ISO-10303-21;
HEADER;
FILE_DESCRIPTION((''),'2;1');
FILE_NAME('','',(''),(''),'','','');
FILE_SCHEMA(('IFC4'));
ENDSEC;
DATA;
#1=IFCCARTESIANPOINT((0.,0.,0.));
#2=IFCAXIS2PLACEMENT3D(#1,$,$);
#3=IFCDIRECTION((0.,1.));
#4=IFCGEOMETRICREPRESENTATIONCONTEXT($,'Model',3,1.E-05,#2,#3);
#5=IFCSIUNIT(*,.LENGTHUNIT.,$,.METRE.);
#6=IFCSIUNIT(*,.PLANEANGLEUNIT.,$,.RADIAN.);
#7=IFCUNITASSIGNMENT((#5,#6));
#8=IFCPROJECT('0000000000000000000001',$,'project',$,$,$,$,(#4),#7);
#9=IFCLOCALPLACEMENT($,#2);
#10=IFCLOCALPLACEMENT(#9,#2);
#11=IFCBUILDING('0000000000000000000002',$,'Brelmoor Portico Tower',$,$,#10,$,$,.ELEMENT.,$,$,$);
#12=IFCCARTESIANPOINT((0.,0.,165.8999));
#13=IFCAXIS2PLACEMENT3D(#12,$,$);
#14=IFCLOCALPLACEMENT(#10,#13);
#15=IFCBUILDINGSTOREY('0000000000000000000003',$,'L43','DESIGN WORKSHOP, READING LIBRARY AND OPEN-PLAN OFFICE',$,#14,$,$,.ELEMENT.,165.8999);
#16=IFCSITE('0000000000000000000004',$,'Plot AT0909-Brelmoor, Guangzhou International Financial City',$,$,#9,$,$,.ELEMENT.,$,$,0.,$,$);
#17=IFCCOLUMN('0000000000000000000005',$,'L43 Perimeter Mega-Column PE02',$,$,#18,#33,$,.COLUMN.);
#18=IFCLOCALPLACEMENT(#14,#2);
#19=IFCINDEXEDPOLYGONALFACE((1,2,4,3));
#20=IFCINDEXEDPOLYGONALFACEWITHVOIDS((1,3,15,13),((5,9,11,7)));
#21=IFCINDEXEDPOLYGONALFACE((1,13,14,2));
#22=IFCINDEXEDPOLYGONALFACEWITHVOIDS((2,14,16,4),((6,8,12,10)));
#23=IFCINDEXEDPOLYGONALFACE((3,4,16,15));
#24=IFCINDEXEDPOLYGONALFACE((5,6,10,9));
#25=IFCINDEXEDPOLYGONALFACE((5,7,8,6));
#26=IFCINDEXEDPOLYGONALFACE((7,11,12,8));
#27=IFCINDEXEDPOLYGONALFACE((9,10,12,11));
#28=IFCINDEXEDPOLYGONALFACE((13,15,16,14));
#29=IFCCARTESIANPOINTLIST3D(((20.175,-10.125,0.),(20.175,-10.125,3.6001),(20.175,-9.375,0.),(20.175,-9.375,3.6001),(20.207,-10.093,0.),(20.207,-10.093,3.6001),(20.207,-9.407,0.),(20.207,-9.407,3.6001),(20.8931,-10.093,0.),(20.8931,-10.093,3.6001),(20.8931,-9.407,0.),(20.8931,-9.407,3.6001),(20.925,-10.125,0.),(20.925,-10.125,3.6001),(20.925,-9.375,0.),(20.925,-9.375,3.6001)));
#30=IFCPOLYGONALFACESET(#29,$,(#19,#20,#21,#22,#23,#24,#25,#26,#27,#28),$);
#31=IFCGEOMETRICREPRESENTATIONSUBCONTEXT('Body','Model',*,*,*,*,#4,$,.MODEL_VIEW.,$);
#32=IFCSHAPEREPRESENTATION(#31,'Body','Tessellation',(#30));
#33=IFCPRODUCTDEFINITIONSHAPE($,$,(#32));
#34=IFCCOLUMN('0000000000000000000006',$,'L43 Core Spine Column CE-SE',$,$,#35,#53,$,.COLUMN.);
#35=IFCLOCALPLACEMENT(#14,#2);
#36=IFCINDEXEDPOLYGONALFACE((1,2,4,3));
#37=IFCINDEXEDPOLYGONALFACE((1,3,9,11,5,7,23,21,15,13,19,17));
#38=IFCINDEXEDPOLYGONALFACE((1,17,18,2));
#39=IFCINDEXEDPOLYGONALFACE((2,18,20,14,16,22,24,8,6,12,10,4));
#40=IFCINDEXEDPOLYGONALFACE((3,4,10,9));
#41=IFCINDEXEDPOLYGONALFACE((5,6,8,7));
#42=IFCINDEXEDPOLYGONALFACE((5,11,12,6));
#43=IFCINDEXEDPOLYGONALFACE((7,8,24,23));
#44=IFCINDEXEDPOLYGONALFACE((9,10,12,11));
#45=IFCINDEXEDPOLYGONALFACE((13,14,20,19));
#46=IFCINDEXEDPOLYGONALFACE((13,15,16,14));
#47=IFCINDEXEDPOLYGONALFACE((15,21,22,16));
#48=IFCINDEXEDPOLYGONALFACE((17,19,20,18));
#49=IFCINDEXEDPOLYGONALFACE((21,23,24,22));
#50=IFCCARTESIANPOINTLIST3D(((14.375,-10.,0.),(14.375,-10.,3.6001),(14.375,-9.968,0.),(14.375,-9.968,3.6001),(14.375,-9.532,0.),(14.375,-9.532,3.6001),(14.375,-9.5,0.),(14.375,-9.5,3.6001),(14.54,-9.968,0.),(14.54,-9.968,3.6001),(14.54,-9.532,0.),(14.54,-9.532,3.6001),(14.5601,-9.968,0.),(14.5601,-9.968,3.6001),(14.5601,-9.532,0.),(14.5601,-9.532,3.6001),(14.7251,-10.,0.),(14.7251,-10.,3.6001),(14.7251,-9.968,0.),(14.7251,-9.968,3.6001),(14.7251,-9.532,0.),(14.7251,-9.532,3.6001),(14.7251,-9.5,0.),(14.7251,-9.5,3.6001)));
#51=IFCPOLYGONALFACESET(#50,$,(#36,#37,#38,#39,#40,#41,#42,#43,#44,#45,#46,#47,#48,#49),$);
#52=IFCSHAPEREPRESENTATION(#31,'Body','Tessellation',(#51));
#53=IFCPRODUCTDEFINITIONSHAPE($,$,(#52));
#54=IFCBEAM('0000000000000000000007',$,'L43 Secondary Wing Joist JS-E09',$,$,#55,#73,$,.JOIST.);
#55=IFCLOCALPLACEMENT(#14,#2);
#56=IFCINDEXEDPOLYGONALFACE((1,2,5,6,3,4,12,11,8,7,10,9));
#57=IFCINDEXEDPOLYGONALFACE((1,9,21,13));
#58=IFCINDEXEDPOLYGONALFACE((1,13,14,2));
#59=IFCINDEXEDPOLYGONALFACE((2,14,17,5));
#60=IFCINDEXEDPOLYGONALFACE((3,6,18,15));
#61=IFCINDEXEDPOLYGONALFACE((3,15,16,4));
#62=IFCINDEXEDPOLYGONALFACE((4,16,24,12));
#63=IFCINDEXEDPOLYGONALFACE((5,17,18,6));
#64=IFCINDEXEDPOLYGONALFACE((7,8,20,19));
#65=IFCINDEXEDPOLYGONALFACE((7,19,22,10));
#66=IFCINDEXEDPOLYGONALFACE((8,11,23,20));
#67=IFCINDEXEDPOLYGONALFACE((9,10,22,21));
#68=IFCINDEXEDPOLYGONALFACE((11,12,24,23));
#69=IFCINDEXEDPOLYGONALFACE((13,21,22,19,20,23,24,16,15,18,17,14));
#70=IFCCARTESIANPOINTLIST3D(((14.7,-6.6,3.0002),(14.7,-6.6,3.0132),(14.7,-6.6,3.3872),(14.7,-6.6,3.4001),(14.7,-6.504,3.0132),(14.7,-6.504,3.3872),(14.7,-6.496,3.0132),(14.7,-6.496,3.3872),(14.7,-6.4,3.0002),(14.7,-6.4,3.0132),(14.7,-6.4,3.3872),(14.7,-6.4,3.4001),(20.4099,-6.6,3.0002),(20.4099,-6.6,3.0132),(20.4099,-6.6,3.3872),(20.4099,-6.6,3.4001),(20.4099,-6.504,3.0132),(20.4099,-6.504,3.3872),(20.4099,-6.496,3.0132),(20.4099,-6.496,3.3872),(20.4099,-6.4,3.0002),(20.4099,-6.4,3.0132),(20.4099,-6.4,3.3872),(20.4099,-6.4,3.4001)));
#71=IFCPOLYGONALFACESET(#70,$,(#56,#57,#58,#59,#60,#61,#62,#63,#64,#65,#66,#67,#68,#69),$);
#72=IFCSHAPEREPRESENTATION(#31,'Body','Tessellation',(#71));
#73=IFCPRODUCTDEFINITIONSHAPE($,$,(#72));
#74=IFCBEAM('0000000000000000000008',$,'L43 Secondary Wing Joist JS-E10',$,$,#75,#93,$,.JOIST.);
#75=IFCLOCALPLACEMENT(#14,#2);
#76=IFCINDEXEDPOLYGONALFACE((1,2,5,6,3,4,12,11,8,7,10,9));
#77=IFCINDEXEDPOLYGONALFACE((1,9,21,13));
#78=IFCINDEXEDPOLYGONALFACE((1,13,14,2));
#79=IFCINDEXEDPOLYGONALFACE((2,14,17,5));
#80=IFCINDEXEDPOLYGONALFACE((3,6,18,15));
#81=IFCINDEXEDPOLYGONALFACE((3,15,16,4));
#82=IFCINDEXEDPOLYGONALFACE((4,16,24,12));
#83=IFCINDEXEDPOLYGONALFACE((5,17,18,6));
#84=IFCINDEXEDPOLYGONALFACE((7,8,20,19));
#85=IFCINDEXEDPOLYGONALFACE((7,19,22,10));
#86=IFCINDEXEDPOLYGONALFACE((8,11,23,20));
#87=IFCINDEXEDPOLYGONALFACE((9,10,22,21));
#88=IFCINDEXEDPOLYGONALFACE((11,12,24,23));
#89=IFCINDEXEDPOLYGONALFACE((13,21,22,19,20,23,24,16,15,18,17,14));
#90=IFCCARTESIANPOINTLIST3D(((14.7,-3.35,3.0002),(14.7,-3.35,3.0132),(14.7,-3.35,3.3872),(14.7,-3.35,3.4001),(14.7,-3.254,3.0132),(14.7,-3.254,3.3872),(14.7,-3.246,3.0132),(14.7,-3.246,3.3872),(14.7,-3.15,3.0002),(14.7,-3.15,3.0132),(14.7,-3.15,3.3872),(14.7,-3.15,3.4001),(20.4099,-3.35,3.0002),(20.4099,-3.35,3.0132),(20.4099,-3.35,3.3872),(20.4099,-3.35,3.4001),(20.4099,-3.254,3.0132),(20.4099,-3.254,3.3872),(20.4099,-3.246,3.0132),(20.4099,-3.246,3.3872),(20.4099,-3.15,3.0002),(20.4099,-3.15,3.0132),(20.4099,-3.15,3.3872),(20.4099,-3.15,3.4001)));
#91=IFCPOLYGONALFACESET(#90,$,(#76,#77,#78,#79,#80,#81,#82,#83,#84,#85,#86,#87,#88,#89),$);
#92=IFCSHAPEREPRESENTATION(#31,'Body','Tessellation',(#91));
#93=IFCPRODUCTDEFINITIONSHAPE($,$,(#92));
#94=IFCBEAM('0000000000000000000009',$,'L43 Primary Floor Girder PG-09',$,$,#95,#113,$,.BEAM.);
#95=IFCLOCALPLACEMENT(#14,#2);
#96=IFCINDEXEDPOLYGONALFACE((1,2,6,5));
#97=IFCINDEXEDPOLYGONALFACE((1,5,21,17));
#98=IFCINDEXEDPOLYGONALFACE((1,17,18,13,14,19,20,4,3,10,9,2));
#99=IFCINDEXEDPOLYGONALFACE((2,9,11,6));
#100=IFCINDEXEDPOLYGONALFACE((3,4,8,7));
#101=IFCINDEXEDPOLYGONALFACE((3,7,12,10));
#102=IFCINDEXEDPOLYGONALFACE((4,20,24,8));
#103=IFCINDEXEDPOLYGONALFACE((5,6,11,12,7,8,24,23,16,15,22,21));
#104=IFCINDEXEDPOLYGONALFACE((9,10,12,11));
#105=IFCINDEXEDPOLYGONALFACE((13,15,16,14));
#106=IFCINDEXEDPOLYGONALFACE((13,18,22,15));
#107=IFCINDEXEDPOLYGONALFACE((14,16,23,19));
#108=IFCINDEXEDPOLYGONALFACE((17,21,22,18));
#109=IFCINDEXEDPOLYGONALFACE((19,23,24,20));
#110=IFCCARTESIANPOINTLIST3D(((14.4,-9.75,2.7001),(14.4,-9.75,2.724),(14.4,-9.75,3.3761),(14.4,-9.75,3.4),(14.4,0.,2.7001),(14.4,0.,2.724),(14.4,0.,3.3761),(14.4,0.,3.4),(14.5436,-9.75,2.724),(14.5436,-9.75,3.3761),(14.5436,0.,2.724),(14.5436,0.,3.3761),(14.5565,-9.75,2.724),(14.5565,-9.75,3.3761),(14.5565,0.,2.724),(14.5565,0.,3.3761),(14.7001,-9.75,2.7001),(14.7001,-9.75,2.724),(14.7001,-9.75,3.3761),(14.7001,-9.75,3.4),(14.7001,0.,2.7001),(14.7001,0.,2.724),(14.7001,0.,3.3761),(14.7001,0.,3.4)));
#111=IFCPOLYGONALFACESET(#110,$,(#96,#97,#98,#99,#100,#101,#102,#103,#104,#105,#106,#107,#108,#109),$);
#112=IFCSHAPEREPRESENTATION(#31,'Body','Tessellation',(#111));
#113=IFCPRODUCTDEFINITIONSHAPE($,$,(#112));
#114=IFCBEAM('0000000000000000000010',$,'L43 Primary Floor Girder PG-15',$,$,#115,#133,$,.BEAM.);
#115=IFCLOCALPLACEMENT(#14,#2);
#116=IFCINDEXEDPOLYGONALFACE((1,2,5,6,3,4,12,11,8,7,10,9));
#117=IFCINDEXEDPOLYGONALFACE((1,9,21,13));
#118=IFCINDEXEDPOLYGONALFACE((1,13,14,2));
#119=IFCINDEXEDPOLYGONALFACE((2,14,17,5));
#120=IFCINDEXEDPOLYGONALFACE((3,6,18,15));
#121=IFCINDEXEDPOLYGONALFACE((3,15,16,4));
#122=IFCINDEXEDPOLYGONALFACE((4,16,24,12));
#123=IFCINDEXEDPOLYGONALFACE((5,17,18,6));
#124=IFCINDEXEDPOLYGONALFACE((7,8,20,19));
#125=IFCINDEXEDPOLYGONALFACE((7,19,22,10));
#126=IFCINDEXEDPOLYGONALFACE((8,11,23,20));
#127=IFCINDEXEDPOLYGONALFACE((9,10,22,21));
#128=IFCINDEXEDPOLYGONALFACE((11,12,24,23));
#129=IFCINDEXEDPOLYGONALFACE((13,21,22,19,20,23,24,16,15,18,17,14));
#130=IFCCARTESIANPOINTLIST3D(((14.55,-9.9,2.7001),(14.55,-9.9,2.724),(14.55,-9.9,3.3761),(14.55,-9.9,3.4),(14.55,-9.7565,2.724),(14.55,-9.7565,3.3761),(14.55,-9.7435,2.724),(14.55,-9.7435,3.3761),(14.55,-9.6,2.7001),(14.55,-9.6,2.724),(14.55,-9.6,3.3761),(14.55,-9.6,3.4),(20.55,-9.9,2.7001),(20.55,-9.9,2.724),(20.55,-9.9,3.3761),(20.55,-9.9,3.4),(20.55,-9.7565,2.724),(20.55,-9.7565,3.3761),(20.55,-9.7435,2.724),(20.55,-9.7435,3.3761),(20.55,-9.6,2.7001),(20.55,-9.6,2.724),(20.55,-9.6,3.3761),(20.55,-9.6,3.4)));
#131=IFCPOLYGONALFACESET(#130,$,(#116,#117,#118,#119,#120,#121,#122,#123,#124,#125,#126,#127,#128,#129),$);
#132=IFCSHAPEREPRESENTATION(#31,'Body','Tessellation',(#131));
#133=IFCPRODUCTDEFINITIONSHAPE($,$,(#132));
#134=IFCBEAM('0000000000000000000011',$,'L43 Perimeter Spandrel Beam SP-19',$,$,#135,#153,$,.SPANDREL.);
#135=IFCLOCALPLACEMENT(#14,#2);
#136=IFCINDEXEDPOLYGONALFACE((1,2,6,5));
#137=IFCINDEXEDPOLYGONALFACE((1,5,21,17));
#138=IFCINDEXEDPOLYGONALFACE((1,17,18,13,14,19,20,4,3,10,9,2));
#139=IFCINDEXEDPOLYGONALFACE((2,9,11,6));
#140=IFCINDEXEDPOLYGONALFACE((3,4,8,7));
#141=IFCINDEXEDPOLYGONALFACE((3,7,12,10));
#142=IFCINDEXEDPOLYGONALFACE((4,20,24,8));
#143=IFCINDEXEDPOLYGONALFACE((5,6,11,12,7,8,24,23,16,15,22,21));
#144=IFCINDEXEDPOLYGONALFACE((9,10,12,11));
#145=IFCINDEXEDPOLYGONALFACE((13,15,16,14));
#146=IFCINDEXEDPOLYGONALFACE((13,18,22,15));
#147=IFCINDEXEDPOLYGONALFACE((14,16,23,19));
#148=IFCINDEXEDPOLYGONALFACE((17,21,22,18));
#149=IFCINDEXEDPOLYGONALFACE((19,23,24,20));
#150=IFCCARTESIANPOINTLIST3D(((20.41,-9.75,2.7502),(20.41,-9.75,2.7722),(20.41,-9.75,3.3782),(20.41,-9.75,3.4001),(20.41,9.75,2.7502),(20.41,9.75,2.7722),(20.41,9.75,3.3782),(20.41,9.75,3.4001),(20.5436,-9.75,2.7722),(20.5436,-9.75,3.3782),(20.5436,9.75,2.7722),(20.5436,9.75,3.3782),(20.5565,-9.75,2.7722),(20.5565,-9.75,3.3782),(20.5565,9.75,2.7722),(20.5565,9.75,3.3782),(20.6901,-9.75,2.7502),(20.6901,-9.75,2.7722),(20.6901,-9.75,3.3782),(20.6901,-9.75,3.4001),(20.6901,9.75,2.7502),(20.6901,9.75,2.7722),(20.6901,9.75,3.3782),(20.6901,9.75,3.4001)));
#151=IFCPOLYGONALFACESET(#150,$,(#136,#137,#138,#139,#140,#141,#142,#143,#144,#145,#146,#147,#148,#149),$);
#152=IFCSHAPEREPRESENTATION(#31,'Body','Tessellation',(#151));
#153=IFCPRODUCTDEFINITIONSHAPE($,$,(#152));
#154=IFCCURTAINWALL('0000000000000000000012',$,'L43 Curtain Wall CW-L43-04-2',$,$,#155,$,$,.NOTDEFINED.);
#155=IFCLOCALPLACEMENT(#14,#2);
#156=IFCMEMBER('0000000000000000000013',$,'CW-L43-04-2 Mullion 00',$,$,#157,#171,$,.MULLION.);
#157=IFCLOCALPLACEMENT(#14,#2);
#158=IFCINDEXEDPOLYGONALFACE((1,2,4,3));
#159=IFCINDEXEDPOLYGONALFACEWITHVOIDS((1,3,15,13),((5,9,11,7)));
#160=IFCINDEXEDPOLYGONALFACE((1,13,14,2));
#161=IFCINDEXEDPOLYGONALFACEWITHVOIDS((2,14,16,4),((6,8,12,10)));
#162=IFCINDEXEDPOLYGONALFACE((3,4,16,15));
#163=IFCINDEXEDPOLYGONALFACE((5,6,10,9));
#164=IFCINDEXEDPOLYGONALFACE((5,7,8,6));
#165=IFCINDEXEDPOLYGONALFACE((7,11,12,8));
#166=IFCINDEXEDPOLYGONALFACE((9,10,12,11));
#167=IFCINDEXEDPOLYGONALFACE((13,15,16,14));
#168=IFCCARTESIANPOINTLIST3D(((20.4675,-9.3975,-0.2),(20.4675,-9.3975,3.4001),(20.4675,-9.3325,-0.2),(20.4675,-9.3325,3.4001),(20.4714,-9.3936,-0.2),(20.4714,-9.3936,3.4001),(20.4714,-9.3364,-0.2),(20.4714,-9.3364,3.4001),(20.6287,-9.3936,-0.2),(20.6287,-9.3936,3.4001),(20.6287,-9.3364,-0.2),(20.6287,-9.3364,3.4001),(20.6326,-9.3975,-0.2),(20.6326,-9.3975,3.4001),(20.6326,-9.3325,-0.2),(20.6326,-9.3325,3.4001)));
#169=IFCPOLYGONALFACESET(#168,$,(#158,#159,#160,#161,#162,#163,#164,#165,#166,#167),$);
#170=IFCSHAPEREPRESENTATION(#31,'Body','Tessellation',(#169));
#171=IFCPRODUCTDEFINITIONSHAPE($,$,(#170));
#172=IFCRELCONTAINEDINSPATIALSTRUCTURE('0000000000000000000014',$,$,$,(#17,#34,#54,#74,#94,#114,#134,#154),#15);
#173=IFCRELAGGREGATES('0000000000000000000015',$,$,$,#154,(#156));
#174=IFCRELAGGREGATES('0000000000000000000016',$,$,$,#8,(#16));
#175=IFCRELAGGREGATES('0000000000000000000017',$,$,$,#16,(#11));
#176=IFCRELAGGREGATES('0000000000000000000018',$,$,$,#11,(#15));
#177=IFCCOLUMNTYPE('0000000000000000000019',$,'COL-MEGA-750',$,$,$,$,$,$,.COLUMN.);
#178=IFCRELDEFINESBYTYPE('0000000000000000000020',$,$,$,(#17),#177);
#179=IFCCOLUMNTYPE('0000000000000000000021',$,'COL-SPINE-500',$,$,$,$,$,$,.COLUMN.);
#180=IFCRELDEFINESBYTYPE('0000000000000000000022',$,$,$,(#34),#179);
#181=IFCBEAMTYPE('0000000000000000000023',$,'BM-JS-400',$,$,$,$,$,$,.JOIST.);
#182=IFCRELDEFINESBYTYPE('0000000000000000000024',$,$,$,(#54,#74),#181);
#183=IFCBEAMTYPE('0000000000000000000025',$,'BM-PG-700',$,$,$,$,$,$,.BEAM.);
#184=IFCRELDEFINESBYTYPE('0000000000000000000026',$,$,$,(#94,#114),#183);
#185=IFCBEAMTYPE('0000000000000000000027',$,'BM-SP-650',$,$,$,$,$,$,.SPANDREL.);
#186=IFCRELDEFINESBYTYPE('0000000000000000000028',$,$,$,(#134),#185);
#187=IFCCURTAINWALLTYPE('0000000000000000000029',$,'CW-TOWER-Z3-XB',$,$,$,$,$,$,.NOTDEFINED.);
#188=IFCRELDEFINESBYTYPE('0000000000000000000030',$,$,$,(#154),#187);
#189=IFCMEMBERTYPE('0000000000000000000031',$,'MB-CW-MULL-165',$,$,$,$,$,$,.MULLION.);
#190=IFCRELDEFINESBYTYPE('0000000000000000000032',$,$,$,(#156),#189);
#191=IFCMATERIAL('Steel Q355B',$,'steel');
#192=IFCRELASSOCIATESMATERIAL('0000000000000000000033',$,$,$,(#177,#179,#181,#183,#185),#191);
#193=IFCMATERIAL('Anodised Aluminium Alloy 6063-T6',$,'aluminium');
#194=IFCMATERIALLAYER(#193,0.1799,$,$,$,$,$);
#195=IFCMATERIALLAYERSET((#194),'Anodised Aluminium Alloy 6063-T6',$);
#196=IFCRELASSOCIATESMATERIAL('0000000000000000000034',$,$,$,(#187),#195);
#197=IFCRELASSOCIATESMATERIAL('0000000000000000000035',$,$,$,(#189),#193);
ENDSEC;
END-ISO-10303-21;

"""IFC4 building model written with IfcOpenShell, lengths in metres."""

from ifc_helpers import new_model, si_unit, direction, frame, origin, origin_2d, place, context, subcontext, project, spatial, hollow_rectangle, i_section, extrude, material, layer, layer_set, material_profile, profile_set, type_object, element, aggregate, save


model = new_model("IFC4")

# Units and contexts
model_context = context("Model", 3, precision=1e-05, world=origin(), true_north=direction((0.0, 1.0)))
body_context = subcontext(model_context, "Body", "Model", "MODEL_VIEW")
ifc_project = project(units=[si_unit("LENGTHUNIT", "METRE"), si_unit("PLANEANGLEUNIT", "RADIAN")], contexts=[model_context])

# Site, building, storey
site_placement = place(None, origin())
site = spatial("IfcSite", under=ifc_project, at=site_placement, Name="Plot AT0909-Brelmoor, Guangzhou International Financial City", CompositionType="ELEMENT", RefElevation=0.0)
building_placement = place(site_placement, origin())
building = spatial("IfcBuilding", under=site, at=building_placement, Name="Brelmoor Portico Tower", CompositionType="ELEMENT")
storey_placement = place(building_placement, frame((0.0, 0.0, 165.8999)))
storey = spatial("IfcBuildingStorey", under=building, at=storey_placement, Name="L43", Description="DESIGN WORKSHOP, READING LIBRARY AND OPEN-PLAN OFFICE", CompositionType="ELEMENT", Elevation=165.8999)

# Columns
ifc_material_1 = material(Name="Steel Q355B", Category="steel")
ifc_material_profile_1 = material_profile(ifc_material_1, hollow_rectangle(XDim=0.75, YDim=0.75, WallThickness=0.032, at=origin_2d()), Name="BOX 750x750x32")
ifc_profile_set_1 = profile_set([ifc_material_profile_1], Name="Steel Q355B")
column_type_1 = type_object("IfcColumnType", Name="COL-MEGA-750", PredefinedType="COLUMN", material=ifc_profile_set_1)
column_1_placement = place(storey_placement, frame((20.55, -9.75, 0.0), z_axis=(0.0, 0.0, 1.0), x_axis=(0.0, 1.0, 0.0)))
element("IfcColumn", 1, at=column_1_placement, inside=storey, type_object=column_type_1, Name="L43 Perimeter Mega-Column PE02", PredefinedType="COLUMN", context=body_context, shape_type="SweptSolid", body=[
    extrude(hollow_rectangle(XDim=0.75, YDim=0.75, WallThickness=0.032, at=origin_2d()), origin(), (0.0, 0.0, 1.0), 3.6001),
])
ifc_material_profile_2 = material_profile(ifc_material_1, i_section(OverallWidth=0.3501, OverallDepth=0.5, WebThickness=0.02, FlangeThickness=0.032, at=origin_2d()), Name="HW 500x350x20x32")
ifc_profile_set_2 = profile_set([ifc_material_profile_2], Name="Steel Q355B")
column_type_2 = type_object("IfcColumnType", Name="COL-SPINE-500", PredefinedType="COLUMN", material=ifc_profile_set_2)
column_2_placement = place(storey_placement, frame((14.55, -9.75, 0.0), z_axis=(0.0, 0.0, 1.0), x_axis=(1.0, 0.0, 0.0)))
element("IfcColumn", 2, at=column_2_placement, inside=storey, type_object=column_type_2, Name="L43 Core Spine Column CE-SE", PredefinedType="COLUMN", context=body_context, shape_type="SweptSolid", body=[
    extrude(i_section(OverallWidth=0.3501, OverallDepth=0.5, WebThickness=0.02, FlangeThickness=0.032, at=origin_2d()), origin(), (0.0, 0.0, 1.0), 3.6001),
])

# Beams
ifc_material_profile_3 = material_profile(ifc_material_1, i_section(OverallWidth=0.2, OverallDepth=0.3999, WebThickness=0.0081, FlangeThickness=0.0129, at=origin_2d()), Name="HN 400x200x8x13")
ifc_profile_set_3 = profile_set([ifc_material_profile_3], Name="Steel Q355B")
beam_type_1 = type_object("IfcBeamType", Name="BM-JS-400", PredefinedType="JOIST", material=ifc_profile_set_3)
for number, where, z_axis, x_axis, name in (
    (3, (14.7, -6.5, 3.2002), (1.0, 0.0, 0.0), (0.0, 1.0, 0.0), "L43 Secondary Wing Joist JS-E09"),
    (4, (14.7, -3.25, 3.2002), (1.0, 0.0, 0.0), (0.0, 1.0, 0.0), "L43 Secondary Wing Joist JS-E10"),
):
    element("IfcBeam", number, at=place(storey_placement, frame(where, z_axis=z_axis, x_axis=x_axis)), inside=storey, type_object=beam_type_1, Name=name, PredefinedType="JOIST", context=body_context, shape_type="SweptSolid", body=[
        extrude(i_section(OverallWidth=0.2, OverallDepth=0.3999, WebThickness=0.0081, FlangeThickness=0.0129, at=origin_2d()), origin(), (0.0, 0.0, 1.0), 5.71),
    ])
ifc_material_profile_4 = material_profile(ifc_material_1, i_section(OverallWidth=0.3, OverallDepth=0.7, WebThickness=0.0129, FlangeThickness=0.0239, at=origin_2d()), Name="HN 700x300x13x24")
ifc_profile_set_4 = profile_set([ifc_material_profile_4], Name="Steel Q355B")
beam_type_2 = type_object("IfcBeamType", Name="BM-PG-700", PredefinedType="BEAM", material=ifc_profile_set_4)
beam_1_placement = place(storey_placement, frame((14.55, -9.75, 3.05), z_axis=(0.0, 1.0, 0.0), x_axis=(-1.0, 0.0, 0.0)))
element("IfcBeam", 5, at=beam_1_placement, inside=storey, type_object=beam_type_2, Name="L43 Primary Floor Girder PG-09", PredefinedType="BEAM", context=body_context, shape_type="SweptSolid", body=[
    extrude(i_section(OverallWidth=0.3, OverallDepth=0.7, WebThickness=0.0129, FlangeThickness=0.0239, at=origin_2d()), origin(), (0.0, 0.0, 1.0), 9.75),
])
beam_2_placement = place(storey_placement, frame((14.55, -9.75, 3.05), z_axis=(1.0, 0.0, 0.0), x_axis=(0.0, 1.0, 0.0)))
element("IfcBeam", 6, at=beam_2_placement, inside=storey, type_object=beam_type_2, Name="L43 Primary Floor Girder PG-15", PredefinedType="BEAM", context=body_context, shape_type="SweptSolid", body=[
    extrude(i_section(OverallWidth=0.3, OverallDepth=0.7, WebThickness=0.0129, FlangeThickness=0.0239, at=origin_2d()), origin(), (0.0, 0.0, 1.0), 6.0),
])
ifc_material_profile_5 = material_profile(ifc_material_1, i_section(OverallWidth=0.28, OverallDepth=0.6499, WebThickness=0.0129, FlangeThickness=0.022, at=origin_2d()), Name="HN 650x280x13x22")
ifc_profile_set_5 = profile_set([ifc_material_profile_5], Name="Steel Q355B")
beam_type_3 = type_object("IfcBeamType", Name="BM-SP-650", PredefinedType="SPANDREL", material=ifc_profile_set_5)
beam_3_placement = place(storey_placement, frame((20.55, -9.75, 3.0752), z_axis=(0.0, 1.0, 0.0), x_axis=(-1.0, 0.0, 0.0)))
element("IfcBeam", 7, at=beam_3_placement, inside=storey, type_object=beam_type_3, Name="L43 Perimeter Spandrel Beam SP-19", PredefinedType="SPANDREL", context=body_context, shape_type="SweptSolid", body=[
    extrude(i_section(OverallWidth=0.28, OverallDepth=0.6499, WebThickness=0.0129, FlangeThickness=0.022, at=origin_2d()), origin(), (0.0, 0.0, 1.0), 19.5),
])

# Curtain wall, member
ifc_material_2 = material(Name="Anodised Aluminium Alloy 6063-T6", Category="aluminium")
ifc_layer_1 = layer(ifc_material_2, 0.1799)
ifc_layer_set_1 = layer_set([ifc_layer_1], Name="Anodised Aluminium Alloy 6063-T6")
curtain_wall_type = type_object("IfcCurtainWallType", Name="CW-TOWER-Z3-XB", PredefinedType="NOTDEFINED", material=ifc_layer_set_1)
curtain_wall_placement = place(storey_placement, origin())
curtain_wall = element("IfcCurtainWall", 8, at=curtain_wall_placement, inside=storey, type_object=curtain_wall_type, Name="L43 Curtain Wall CW-L43-04-2", PredefinedType="NOTDEFINED")
ifc_material_profile_6 = material_profile(ifc_material_2, hollow_rectangle(XDim=0.0649, YDim=0.165, WallThickness=0.0039, at=origin_2d()), Name="ALU MULLION 65x165")
ifc_profile_set_6 = profile_set([ifc_material_profile_6], Name="Anodised Aluminium Alloy 6063-T6")
member_type_1 = type_object("IfcMemberType", Name="MB-CW-MULL-165", PredefinedType="MULLION", material=ifc_profile_set_6)
member_1_placement = place(storey_placement, frame((20.55, -9.365, -0.2), z_axis=(0.0, 0.0, 1.0), x_axis=(0.0, 1.0, 0.0)))
member_1 = element("IfcMember", 9, at=member_1_placement, type_object=member_type_1, Name="CW-L43-04-2 Mullion 00", PredefinedType="MULLION", context=body_context, shape_type="SweptSolid", body=[
    extrude(hollow_rectangle(XDim=0.0649, YDim=0.165, WallThickness=0.0039, at=origin_2d()), origin(), (0.0, 0.0, 1.0), 3.6001),
])
aggregate(curtain_wall, [member_1])

save(model, "model.ifc")
